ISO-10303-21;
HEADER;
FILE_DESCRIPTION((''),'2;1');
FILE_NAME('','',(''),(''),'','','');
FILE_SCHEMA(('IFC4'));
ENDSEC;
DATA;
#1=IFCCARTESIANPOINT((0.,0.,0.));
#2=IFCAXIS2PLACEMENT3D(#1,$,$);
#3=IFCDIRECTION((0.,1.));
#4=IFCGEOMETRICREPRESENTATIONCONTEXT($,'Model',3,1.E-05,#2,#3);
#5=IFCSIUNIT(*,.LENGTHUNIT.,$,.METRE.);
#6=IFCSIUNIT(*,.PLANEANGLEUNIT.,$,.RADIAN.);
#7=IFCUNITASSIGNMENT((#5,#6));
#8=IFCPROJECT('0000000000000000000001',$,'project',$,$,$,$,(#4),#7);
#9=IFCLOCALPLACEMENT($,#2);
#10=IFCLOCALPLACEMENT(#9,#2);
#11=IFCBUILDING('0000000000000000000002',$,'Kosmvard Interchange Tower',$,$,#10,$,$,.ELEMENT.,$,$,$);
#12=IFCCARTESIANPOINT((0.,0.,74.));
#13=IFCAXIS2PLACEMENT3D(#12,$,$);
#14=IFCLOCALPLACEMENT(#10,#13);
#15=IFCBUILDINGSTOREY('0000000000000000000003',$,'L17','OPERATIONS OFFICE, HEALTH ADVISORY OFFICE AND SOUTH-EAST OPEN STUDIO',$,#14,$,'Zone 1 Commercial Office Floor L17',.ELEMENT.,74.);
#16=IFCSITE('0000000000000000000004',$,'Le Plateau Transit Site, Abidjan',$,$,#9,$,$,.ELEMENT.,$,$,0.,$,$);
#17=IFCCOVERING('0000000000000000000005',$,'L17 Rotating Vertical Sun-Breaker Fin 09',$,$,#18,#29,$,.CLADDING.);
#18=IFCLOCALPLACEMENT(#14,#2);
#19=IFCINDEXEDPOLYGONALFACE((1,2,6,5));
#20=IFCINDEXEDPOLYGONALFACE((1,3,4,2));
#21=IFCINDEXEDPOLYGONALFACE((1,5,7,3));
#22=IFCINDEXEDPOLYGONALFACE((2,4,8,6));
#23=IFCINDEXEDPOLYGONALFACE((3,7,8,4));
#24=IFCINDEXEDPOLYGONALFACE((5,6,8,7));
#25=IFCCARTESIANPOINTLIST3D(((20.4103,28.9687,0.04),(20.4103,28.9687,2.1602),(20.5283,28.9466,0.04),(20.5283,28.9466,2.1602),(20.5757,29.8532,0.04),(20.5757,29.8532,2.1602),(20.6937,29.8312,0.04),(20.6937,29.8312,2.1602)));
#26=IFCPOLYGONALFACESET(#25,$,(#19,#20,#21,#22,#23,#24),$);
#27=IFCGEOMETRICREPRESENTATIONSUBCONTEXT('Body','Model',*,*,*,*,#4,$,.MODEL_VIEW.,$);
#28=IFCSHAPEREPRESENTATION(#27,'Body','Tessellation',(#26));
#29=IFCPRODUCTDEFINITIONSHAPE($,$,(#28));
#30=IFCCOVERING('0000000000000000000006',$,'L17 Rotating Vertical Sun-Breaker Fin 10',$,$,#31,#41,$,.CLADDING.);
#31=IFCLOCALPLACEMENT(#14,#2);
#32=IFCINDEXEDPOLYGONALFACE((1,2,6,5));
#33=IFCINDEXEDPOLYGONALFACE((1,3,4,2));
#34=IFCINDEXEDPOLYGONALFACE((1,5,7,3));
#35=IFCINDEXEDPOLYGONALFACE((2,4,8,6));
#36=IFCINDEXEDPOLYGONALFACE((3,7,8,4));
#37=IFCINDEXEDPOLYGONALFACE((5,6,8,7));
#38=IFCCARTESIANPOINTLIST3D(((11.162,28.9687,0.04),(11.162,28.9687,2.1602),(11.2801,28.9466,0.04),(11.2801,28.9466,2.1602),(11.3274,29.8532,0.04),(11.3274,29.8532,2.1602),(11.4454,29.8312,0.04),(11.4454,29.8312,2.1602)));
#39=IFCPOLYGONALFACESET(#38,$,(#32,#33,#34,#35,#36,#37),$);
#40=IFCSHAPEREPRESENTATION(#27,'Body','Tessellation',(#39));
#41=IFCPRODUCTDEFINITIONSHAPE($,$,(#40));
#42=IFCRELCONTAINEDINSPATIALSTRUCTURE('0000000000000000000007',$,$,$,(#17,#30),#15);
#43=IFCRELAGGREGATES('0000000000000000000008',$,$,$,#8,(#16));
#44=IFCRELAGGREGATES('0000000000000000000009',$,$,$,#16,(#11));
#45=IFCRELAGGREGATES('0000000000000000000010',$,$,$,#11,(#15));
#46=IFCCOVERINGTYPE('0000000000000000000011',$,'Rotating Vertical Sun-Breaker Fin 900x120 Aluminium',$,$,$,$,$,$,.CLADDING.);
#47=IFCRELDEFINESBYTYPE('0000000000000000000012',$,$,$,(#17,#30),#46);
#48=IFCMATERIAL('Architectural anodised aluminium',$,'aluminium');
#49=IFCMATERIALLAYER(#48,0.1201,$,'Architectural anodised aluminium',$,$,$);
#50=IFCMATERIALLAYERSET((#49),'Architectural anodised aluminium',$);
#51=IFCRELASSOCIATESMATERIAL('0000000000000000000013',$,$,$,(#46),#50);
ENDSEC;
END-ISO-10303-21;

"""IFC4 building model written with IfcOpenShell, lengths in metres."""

from ifc_helpers import new_model, si_unit, direction, frame, origin, origin_2d, place, context, subcontext, project, spatial, rectangle, extrude, source, transform, mapped, material, layer, layer_set, type_object, element, save


model = new_model("IFC4")

# Units and contexts
model_context = context("Model", 3, precision=1e-05, world=origin(), true_north=direction((0.0, 1.0)))
body_context = subcontext(model_context, "Body", "Model", "MODEL_VIEW")
ifc_project = project(units=[si_unit("LENGTHUNIT", "METRE"), si_unit("PLANEANGLEUNIT", "RADIAN")], contexts=[model_context])

# Site, building, storey
site_placement = place(None, origin())
site = spatial("IfcSite", under=ifc_project, at=site_placement, Name="Le Plateau Transit Site, Abidjan", CompositionType="ELEMENT", RefElevation=0.0)
building_placement = place(site_placement, origin())
building = spatial("IfcBuilding", under=site, at=building_placement, Name="Kosmvard Interchange Tower", CompositionType="ELEMENT")
storey_placement = place(building_placement, frame((0.0, 0.0, 74.0)))
storey = spatial("IfcBuildingStorey", under=building, at=storey_placement, Name="L17", Description="OPERATIONS OFFICE, HEALTH ADVISORY OFFICE AND SOUTH-EAST OPEN STUDIO", LongName="Zone 1 Commercial Office Floor L17", CompositionType="ELEMENT", Elevation=74.0)

# Coverings
ifc_material_1 = material(Name="Architectural anodised aluminium", Category="aluminium")
ifc_layer_1 = layer(ifc_material_1, 0.1201, Name="Architectural anodised aluminium")
ifc_layer_set_1 = layer_set([ifc_layer_1], Name="Architectural anodised aluminium")
covering_type = type_object("IfcCoveringType", Name="Rotating Vertical Sun-Breaker Fin 900x120 Aluminium", PredefinedType="CLADDING", material=ifc_layer_set_1)
shared_shape_1 = source(origin(), body_context, "Body", "SweptSolid", [
    extrude(rectangle(XDim=0.8999, YDim=0.1201, at=origin_2d()), origin(), (0.0, 0.0, 1.0), 2.1201),
])
for number, where, z_axis, x_axis, name in (
    (1, (20.552, 29.3999, 0.04), (0.0, 0.0, 1.0), (0.18378, 0.982967, 0.0), "L17 Rotating Vertical Sun-Breaker Fin 09"),
    (2, (11.3037, 29.3999, 0.04), (0.0, 0.0, 1.0), (0.18378, 0.982967, 0.0), "L17 Rotating Vertical Sun-Breaker Fin 10"),
):
    element("IfcCovering", number, at=place(storey_placement, frame(where, z_axis=z_axis, x_axis=x_axis)), inside=storey, type_object=covering_type, Name=name, PredefinedType="CLADDING", context=body_context, shape_type="MappedRepresentation", body=[
        mapped(shared_shape_1, transform((0.0, 0.0, 0.0), scale=1.0)),
    ])

save(model, "model.ifc")
